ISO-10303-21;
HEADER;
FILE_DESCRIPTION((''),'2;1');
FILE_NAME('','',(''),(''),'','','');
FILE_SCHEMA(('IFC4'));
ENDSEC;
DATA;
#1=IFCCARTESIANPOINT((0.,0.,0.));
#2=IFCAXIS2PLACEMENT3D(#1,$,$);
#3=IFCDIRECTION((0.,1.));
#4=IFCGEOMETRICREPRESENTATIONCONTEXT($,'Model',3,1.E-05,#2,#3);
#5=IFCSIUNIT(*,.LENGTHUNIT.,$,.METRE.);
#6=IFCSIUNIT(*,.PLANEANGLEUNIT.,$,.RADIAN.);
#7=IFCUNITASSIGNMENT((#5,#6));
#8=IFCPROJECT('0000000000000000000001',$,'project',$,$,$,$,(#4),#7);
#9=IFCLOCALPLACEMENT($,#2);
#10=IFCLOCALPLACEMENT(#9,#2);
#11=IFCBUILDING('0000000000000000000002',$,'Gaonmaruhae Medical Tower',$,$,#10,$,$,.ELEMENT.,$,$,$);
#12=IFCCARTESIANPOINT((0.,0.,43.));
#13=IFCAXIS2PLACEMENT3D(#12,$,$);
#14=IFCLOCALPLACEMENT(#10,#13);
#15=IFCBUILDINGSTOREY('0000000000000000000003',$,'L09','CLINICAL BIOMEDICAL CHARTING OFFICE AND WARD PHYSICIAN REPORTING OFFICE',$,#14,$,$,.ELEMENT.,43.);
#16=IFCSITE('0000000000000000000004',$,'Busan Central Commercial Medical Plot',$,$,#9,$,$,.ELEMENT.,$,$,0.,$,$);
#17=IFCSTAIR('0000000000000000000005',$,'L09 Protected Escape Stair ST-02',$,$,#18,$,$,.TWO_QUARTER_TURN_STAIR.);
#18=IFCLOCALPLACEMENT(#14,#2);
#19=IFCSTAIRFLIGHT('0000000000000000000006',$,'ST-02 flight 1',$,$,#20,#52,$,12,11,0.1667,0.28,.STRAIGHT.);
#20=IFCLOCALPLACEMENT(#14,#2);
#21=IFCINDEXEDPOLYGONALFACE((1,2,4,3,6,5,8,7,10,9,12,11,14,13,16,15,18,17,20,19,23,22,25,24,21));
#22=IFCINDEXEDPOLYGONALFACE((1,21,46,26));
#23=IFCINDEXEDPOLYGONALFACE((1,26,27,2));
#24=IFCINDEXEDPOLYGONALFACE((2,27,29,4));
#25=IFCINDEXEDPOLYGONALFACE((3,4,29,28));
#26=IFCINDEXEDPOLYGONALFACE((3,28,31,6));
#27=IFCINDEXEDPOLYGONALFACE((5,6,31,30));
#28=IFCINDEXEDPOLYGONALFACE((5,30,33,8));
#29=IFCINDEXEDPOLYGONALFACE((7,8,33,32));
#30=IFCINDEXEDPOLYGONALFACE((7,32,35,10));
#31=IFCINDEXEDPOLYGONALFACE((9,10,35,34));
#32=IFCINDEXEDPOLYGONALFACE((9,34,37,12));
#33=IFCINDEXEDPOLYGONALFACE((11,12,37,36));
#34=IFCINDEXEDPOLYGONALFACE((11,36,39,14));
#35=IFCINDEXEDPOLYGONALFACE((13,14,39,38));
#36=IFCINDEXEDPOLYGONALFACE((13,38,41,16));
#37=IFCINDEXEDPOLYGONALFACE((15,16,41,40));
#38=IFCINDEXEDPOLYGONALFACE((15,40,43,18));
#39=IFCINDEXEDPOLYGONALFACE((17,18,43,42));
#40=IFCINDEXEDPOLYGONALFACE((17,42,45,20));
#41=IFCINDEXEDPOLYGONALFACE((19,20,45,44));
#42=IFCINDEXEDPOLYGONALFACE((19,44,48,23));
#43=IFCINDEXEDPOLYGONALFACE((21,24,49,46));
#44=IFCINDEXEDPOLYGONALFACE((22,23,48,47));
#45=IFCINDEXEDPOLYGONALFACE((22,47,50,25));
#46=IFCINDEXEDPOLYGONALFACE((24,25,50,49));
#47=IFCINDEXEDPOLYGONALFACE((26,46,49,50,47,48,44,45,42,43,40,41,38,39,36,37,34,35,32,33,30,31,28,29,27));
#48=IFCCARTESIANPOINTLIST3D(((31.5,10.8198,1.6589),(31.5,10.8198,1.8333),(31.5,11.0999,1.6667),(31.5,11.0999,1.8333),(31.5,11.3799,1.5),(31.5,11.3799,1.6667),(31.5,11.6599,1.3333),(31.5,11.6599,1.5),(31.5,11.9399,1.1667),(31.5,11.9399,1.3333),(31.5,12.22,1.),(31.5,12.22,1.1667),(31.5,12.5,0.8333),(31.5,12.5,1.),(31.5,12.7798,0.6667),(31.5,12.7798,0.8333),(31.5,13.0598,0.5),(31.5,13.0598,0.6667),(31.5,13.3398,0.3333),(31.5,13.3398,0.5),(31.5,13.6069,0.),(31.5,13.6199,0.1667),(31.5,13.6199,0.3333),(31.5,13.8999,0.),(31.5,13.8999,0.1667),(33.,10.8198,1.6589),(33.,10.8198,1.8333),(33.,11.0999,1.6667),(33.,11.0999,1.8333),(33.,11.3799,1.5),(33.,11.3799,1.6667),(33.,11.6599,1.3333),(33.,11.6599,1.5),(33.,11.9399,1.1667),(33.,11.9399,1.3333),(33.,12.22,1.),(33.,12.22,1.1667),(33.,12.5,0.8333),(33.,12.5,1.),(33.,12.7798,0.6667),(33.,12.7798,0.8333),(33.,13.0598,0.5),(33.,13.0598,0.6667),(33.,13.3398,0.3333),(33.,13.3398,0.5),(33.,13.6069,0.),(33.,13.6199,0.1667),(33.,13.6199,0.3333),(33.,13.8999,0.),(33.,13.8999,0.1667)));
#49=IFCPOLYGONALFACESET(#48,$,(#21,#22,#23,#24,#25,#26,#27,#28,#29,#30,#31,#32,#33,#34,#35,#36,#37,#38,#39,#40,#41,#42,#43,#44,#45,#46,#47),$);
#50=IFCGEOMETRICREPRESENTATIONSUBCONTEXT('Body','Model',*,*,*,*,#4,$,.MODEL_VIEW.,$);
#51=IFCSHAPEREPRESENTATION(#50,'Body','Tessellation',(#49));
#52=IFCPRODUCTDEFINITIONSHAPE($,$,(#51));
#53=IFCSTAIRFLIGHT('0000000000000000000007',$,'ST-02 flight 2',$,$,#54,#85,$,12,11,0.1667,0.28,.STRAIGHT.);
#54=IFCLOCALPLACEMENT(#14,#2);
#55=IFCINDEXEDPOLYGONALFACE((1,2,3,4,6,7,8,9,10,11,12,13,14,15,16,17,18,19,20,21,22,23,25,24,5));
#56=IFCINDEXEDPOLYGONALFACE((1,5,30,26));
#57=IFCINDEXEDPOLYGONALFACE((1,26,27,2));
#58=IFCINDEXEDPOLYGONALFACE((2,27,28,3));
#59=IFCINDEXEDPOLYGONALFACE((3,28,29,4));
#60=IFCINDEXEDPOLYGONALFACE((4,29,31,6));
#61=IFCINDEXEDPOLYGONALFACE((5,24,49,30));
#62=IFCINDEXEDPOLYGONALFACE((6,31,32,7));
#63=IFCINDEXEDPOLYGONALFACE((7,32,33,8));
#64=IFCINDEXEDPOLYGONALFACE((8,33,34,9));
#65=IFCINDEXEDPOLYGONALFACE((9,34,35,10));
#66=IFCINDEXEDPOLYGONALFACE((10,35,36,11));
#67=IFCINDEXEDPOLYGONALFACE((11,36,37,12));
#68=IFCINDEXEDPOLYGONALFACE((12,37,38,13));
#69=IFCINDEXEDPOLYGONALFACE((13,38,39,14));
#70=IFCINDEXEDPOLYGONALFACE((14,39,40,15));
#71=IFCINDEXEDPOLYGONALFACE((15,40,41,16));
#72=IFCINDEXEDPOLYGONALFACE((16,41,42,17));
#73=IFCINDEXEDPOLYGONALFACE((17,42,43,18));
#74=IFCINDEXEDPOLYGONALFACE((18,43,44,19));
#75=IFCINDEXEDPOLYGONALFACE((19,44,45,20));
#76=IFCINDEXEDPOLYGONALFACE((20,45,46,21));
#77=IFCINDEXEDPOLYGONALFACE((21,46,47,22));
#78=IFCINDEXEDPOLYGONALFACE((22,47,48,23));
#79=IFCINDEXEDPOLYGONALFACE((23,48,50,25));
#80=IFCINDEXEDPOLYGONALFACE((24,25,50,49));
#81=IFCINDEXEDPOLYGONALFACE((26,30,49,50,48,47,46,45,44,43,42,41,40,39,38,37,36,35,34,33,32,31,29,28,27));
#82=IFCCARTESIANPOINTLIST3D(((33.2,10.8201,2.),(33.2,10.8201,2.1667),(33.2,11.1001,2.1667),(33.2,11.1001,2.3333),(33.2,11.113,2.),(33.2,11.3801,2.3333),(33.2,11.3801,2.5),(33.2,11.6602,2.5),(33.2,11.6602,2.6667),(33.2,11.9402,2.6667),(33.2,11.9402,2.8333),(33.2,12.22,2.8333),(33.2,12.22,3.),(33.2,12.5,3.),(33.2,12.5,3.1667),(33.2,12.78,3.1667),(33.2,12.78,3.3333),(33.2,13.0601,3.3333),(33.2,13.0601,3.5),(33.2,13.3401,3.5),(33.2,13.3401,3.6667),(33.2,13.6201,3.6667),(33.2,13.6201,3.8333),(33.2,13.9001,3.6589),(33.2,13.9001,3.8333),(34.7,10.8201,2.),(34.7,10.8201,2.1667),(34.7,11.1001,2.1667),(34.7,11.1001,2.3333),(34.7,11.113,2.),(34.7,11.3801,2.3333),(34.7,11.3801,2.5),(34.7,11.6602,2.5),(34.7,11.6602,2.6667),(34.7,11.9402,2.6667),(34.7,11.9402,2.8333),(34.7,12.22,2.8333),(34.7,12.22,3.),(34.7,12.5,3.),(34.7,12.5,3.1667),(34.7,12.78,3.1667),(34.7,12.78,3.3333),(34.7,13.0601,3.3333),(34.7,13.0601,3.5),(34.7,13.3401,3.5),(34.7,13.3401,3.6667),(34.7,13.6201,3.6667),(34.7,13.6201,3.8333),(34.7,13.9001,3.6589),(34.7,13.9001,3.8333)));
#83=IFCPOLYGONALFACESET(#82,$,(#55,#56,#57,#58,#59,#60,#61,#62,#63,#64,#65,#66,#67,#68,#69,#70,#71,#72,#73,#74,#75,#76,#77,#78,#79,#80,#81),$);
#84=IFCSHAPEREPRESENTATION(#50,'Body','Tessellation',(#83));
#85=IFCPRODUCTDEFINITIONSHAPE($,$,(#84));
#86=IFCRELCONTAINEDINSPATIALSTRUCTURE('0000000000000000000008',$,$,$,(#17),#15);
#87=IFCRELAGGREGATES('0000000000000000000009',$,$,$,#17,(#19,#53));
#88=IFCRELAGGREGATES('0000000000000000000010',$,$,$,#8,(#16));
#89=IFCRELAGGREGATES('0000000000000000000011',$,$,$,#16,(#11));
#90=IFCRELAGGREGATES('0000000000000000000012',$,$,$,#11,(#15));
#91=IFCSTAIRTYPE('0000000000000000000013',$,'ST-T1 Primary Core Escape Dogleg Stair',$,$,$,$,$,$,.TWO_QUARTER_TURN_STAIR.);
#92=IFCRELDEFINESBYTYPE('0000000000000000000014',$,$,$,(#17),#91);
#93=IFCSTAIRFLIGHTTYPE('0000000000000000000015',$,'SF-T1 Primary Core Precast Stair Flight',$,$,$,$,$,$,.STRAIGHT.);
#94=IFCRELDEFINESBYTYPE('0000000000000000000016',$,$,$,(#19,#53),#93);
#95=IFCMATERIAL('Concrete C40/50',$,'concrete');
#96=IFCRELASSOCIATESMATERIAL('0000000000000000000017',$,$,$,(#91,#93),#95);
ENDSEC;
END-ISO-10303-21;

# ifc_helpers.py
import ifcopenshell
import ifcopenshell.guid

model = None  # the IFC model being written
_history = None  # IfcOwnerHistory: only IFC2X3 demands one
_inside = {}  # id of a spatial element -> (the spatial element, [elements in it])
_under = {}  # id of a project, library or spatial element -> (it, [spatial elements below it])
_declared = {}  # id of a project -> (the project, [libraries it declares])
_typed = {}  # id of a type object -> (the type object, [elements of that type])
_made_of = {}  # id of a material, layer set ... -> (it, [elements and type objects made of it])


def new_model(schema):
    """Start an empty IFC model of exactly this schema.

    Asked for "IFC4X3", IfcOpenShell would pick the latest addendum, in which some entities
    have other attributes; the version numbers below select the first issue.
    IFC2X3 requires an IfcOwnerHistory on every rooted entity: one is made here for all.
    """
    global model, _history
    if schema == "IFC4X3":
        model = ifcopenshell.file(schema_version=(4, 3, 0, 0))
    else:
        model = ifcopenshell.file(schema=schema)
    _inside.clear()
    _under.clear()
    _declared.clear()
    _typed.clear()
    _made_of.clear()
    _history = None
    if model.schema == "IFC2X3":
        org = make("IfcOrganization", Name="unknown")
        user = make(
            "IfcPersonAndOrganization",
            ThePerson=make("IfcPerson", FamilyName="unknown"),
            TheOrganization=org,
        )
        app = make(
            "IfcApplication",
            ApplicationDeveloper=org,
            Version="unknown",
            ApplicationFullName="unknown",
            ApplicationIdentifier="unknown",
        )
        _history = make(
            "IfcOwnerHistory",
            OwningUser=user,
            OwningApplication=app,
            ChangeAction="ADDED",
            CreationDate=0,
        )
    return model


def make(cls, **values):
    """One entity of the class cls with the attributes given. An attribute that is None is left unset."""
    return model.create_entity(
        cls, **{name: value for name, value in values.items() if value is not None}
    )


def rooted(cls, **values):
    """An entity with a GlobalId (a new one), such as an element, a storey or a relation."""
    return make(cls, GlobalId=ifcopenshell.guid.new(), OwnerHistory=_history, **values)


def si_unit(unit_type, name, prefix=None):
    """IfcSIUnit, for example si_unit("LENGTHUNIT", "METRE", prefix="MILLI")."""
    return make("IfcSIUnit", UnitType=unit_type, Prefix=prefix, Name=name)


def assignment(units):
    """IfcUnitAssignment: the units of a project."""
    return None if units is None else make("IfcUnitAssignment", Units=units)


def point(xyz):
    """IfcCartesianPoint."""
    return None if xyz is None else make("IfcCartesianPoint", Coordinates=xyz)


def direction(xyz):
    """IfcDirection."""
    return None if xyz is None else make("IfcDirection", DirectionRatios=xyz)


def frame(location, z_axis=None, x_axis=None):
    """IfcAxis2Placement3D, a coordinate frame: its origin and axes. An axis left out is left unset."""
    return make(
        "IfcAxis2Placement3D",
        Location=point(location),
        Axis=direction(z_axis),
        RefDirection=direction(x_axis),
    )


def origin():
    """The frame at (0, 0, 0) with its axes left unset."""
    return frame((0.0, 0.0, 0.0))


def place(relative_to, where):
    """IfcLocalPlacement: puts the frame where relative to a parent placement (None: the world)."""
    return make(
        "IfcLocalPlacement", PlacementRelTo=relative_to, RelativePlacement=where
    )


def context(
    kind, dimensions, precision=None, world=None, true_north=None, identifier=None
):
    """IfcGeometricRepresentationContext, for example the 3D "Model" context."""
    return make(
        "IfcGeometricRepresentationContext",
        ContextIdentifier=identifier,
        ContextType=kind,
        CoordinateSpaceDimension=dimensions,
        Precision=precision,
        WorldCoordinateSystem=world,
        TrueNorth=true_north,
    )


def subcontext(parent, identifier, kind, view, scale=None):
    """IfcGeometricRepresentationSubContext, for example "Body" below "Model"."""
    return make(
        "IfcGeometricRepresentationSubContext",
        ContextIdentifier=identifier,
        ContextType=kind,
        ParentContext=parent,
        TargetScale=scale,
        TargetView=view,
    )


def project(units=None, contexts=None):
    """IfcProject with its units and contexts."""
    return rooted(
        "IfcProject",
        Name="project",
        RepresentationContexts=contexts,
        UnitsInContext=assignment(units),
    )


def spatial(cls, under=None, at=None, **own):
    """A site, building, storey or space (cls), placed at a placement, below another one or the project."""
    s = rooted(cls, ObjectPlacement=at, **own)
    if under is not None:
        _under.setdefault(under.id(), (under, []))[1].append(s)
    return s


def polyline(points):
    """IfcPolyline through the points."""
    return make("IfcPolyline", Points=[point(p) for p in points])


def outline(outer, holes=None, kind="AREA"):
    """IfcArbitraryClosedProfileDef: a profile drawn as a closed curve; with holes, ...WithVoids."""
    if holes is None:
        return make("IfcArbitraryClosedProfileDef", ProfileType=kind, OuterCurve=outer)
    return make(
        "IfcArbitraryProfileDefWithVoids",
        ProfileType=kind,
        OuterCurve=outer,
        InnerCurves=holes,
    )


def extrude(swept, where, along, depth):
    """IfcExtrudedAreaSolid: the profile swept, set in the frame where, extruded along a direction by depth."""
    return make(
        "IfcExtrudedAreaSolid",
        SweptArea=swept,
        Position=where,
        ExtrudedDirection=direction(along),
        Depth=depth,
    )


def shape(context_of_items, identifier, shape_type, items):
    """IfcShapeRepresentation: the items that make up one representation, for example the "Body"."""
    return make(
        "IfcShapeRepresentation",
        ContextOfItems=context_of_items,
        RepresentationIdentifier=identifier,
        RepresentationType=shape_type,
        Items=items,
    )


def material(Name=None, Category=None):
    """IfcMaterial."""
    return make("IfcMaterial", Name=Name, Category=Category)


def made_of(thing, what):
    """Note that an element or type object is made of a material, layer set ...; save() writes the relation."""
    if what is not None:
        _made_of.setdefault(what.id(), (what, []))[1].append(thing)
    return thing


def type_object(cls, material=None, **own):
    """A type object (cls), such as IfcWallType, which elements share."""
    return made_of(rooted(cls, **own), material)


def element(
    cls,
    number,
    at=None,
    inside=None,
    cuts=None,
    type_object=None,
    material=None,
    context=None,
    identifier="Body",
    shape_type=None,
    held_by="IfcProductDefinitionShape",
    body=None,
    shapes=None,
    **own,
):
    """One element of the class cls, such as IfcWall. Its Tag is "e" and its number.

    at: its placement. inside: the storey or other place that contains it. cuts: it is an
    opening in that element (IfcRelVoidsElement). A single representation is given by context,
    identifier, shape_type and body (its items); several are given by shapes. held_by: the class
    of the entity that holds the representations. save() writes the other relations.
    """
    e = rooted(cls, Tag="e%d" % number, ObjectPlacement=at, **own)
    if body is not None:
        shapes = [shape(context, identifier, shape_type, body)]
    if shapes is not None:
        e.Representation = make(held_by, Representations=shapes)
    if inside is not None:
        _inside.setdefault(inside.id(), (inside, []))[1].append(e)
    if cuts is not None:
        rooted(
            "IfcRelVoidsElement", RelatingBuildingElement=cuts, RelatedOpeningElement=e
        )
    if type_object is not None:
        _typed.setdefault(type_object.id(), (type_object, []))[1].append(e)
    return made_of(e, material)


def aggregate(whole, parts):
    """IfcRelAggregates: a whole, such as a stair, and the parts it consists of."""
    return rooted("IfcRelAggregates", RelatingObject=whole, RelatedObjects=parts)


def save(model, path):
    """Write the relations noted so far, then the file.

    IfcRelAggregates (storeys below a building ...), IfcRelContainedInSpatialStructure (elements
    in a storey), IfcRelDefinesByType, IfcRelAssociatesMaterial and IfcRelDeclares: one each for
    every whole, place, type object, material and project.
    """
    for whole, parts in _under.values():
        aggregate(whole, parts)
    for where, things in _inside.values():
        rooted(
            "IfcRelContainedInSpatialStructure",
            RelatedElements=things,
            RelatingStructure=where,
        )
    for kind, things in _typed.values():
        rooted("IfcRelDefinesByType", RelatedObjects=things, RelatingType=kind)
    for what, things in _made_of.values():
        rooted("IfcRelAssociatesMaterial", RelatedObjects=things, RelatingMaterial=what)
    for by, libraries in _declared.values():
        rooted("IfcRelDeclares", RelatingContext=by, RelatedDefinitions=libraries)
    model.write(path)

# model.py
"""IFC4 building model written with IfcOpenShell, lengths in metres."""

from ifc_helpers import new_model, si_unit, direction, frame, origin, place, context, subcontext, project, spatial, polyline, outline, extrude, material, type_object, element, aggregate, save


model = new_model("IFC4")

# Units and contexts
model_context = context("Model", 3, precision=1e-05, world=origin(), true_north=direction((0.0, 1.0)))
body_context = subcontext(model_context, "Body", "Model", "MODEL_VIEW")
ifc_project = project(units=[si_unit("LENGTHUNIT", "METRE"), si_unit("PLANEANGLEUNIT", "RADIAN")], contexts=[model_context])

# Site, building, storey
site_placement = place(None, origin())
site = spatial("IfcSite", under=ifc_project, at=site_placement, Name="Busan Central Commercial Medical Plot", CompositionType="ELEMENT", RefElevation=0.0)
building_placement = place(site_placement, origin())
building = spatial("IfcBuilding", under=site, at=building_placement, Name="Gaonmaruhae Medical Tower", CompositionType="ELEMENT")
storey_placement = place(building_placement, frame((0.0, 0.0, 43.0)))
storey = spatial("IfcBuildingStorey", under=building, at=storey_placement, Name="L09", Description="CLINICAL BIOMEDICAL CHARTING OFFICE AND WARD PHYSICIAN REPORTING OFFICE", CompositionType="ELEMENT", Elevation=43.0)

# Stair, stair flights
ifc_material_1 = material(Name="Concrete C40/50", Category="concrete")
stair_type = type_object("IfcStairType", Name="ST-T1 Primary Core Escape Dogleg Stair", PredefinedType="TWO_QUARTER_TURN_STAIR", material=ifc_material_1)
stair_placement = place(storey_placement, origin())
stair = element("IfcStair", 1, at=stair_placement, inside=storey, type_object=stair_type, Name="L09 Protected Escape Stair ST-02", PredefinedType="TWO_QUARTER_TURN_STAIR")
stair_flight_type = type_object("IfcStairFlightType", Name="SF-T1 Primary Core Precast Stair Flight", PredefinedType="STRAIGHT", material=ifc_material_1)
stair_flight_1_placement = place(storey_placement, frame((32.25, 13.8999, 0.0), z_axis=(0.0, 0.0, 1.0), x_axis=(0.0, -1.0, 0.0)))
stair_flight_1 = element("IfcStairFlight", 2, at=stair_flight_1_placement, type_object=stair_flight_type, Name="ST-02 flight 1", NumberOfRisers=12, NumberOfTreads=11, PredefinedType="STRAIGHT", RiserHeight=0.1667, TreadLength=0.28, context=body_context, shape_type="SweptSolid", body=[
    extrude(outline(polyline([(0.0, 0.0), (0.0, 0.1667), (0.28, 0.1667), (0.28, 0.3333), (0.5601, 0.3333), (0.5601, 0.5), (0.8401, 0.5), (0.8401, 0.6667), (1.1201, 0.6667), (1.1201, 0.8333), (1.3999, 0.8333), (1.3999, 1.0), (1.6799, 1.0), (1.6799, 1.1667), (1.96, 1.1667), (1.96, 1.3333), (2.24, 1.3333), (2.24, 1.5), (2.52, 1.5), (2.52, 1.6667), (2.8, 1.6667), (2.8, 1.8333), (3.0801, 1.8333), (3.0801, 2.0), (3.0801, 1.6589), (0.293, 0.0), (0.0, 0.0)])), frame((0.0, 0.75, 0.0), z_axis=(0.0, -1.0, 0.0), x_axis=(1.0, 0.0, 0.0)), (0.0, 0.0, 1.0), 1.5),
])
stair_flight_2_placement = place(storey_placement, frame((33.95, 10.8201, 2.0), z_axis=(0.0, 0.0, 1.0), x_axis=(0.0, 1.0, 0.0)))
stair_flight_2 = element("IfcStairFlight", 3, at=stair_flight_2_placement, type_object=stair_flight_type, Name="ST-02 flight 2", NumberOfRisers=12, NumberOfTreads=11, PredefinedType="STRAIGHT", RiserHeight=0.1667, TreadLength=0.28, context=body_context, shape_type="SweptSolid", body=[
    extrude(outline(polyline([(0.0, 0.0), (0.0, 0.1667), (0.28, 0.1667), (0.28, 0.3333), (0.5601, 0.3333), (0.5601, 0.5), (0.8401, 0.5), (0.8401, 0.6667), (1.1201, 0.6667), (1.1201, 0.8333), (1.3999, 0.8333), (1.3999, 1.0), (1.6799, 1.0), (1.6799, 1.1667), (1.96, 1.1667), (1.96, 1.3333), (2.24, 1.3333), (2.24, 1.5), (2.52, 1.5), (2.52, 1.6667), (2.8, 1.6667), (2.8, 1.8333), (3.0801, 1.8333), (3.0801, 2.0), (3.0801, 1.6589), (0.293, 0.0), (0.0, 0.0)])), frame((0.0, 0.75, 0.0), z_axis=(0.0, -1.0, 0.0), x_axis=(1.0, 0.0, 0.0)), (0.0, 0.0, 1.0), 1.5),
])
aggregate(stair, [stair_flight_1, stair_flight_2])

save(model, "model.ifc")
